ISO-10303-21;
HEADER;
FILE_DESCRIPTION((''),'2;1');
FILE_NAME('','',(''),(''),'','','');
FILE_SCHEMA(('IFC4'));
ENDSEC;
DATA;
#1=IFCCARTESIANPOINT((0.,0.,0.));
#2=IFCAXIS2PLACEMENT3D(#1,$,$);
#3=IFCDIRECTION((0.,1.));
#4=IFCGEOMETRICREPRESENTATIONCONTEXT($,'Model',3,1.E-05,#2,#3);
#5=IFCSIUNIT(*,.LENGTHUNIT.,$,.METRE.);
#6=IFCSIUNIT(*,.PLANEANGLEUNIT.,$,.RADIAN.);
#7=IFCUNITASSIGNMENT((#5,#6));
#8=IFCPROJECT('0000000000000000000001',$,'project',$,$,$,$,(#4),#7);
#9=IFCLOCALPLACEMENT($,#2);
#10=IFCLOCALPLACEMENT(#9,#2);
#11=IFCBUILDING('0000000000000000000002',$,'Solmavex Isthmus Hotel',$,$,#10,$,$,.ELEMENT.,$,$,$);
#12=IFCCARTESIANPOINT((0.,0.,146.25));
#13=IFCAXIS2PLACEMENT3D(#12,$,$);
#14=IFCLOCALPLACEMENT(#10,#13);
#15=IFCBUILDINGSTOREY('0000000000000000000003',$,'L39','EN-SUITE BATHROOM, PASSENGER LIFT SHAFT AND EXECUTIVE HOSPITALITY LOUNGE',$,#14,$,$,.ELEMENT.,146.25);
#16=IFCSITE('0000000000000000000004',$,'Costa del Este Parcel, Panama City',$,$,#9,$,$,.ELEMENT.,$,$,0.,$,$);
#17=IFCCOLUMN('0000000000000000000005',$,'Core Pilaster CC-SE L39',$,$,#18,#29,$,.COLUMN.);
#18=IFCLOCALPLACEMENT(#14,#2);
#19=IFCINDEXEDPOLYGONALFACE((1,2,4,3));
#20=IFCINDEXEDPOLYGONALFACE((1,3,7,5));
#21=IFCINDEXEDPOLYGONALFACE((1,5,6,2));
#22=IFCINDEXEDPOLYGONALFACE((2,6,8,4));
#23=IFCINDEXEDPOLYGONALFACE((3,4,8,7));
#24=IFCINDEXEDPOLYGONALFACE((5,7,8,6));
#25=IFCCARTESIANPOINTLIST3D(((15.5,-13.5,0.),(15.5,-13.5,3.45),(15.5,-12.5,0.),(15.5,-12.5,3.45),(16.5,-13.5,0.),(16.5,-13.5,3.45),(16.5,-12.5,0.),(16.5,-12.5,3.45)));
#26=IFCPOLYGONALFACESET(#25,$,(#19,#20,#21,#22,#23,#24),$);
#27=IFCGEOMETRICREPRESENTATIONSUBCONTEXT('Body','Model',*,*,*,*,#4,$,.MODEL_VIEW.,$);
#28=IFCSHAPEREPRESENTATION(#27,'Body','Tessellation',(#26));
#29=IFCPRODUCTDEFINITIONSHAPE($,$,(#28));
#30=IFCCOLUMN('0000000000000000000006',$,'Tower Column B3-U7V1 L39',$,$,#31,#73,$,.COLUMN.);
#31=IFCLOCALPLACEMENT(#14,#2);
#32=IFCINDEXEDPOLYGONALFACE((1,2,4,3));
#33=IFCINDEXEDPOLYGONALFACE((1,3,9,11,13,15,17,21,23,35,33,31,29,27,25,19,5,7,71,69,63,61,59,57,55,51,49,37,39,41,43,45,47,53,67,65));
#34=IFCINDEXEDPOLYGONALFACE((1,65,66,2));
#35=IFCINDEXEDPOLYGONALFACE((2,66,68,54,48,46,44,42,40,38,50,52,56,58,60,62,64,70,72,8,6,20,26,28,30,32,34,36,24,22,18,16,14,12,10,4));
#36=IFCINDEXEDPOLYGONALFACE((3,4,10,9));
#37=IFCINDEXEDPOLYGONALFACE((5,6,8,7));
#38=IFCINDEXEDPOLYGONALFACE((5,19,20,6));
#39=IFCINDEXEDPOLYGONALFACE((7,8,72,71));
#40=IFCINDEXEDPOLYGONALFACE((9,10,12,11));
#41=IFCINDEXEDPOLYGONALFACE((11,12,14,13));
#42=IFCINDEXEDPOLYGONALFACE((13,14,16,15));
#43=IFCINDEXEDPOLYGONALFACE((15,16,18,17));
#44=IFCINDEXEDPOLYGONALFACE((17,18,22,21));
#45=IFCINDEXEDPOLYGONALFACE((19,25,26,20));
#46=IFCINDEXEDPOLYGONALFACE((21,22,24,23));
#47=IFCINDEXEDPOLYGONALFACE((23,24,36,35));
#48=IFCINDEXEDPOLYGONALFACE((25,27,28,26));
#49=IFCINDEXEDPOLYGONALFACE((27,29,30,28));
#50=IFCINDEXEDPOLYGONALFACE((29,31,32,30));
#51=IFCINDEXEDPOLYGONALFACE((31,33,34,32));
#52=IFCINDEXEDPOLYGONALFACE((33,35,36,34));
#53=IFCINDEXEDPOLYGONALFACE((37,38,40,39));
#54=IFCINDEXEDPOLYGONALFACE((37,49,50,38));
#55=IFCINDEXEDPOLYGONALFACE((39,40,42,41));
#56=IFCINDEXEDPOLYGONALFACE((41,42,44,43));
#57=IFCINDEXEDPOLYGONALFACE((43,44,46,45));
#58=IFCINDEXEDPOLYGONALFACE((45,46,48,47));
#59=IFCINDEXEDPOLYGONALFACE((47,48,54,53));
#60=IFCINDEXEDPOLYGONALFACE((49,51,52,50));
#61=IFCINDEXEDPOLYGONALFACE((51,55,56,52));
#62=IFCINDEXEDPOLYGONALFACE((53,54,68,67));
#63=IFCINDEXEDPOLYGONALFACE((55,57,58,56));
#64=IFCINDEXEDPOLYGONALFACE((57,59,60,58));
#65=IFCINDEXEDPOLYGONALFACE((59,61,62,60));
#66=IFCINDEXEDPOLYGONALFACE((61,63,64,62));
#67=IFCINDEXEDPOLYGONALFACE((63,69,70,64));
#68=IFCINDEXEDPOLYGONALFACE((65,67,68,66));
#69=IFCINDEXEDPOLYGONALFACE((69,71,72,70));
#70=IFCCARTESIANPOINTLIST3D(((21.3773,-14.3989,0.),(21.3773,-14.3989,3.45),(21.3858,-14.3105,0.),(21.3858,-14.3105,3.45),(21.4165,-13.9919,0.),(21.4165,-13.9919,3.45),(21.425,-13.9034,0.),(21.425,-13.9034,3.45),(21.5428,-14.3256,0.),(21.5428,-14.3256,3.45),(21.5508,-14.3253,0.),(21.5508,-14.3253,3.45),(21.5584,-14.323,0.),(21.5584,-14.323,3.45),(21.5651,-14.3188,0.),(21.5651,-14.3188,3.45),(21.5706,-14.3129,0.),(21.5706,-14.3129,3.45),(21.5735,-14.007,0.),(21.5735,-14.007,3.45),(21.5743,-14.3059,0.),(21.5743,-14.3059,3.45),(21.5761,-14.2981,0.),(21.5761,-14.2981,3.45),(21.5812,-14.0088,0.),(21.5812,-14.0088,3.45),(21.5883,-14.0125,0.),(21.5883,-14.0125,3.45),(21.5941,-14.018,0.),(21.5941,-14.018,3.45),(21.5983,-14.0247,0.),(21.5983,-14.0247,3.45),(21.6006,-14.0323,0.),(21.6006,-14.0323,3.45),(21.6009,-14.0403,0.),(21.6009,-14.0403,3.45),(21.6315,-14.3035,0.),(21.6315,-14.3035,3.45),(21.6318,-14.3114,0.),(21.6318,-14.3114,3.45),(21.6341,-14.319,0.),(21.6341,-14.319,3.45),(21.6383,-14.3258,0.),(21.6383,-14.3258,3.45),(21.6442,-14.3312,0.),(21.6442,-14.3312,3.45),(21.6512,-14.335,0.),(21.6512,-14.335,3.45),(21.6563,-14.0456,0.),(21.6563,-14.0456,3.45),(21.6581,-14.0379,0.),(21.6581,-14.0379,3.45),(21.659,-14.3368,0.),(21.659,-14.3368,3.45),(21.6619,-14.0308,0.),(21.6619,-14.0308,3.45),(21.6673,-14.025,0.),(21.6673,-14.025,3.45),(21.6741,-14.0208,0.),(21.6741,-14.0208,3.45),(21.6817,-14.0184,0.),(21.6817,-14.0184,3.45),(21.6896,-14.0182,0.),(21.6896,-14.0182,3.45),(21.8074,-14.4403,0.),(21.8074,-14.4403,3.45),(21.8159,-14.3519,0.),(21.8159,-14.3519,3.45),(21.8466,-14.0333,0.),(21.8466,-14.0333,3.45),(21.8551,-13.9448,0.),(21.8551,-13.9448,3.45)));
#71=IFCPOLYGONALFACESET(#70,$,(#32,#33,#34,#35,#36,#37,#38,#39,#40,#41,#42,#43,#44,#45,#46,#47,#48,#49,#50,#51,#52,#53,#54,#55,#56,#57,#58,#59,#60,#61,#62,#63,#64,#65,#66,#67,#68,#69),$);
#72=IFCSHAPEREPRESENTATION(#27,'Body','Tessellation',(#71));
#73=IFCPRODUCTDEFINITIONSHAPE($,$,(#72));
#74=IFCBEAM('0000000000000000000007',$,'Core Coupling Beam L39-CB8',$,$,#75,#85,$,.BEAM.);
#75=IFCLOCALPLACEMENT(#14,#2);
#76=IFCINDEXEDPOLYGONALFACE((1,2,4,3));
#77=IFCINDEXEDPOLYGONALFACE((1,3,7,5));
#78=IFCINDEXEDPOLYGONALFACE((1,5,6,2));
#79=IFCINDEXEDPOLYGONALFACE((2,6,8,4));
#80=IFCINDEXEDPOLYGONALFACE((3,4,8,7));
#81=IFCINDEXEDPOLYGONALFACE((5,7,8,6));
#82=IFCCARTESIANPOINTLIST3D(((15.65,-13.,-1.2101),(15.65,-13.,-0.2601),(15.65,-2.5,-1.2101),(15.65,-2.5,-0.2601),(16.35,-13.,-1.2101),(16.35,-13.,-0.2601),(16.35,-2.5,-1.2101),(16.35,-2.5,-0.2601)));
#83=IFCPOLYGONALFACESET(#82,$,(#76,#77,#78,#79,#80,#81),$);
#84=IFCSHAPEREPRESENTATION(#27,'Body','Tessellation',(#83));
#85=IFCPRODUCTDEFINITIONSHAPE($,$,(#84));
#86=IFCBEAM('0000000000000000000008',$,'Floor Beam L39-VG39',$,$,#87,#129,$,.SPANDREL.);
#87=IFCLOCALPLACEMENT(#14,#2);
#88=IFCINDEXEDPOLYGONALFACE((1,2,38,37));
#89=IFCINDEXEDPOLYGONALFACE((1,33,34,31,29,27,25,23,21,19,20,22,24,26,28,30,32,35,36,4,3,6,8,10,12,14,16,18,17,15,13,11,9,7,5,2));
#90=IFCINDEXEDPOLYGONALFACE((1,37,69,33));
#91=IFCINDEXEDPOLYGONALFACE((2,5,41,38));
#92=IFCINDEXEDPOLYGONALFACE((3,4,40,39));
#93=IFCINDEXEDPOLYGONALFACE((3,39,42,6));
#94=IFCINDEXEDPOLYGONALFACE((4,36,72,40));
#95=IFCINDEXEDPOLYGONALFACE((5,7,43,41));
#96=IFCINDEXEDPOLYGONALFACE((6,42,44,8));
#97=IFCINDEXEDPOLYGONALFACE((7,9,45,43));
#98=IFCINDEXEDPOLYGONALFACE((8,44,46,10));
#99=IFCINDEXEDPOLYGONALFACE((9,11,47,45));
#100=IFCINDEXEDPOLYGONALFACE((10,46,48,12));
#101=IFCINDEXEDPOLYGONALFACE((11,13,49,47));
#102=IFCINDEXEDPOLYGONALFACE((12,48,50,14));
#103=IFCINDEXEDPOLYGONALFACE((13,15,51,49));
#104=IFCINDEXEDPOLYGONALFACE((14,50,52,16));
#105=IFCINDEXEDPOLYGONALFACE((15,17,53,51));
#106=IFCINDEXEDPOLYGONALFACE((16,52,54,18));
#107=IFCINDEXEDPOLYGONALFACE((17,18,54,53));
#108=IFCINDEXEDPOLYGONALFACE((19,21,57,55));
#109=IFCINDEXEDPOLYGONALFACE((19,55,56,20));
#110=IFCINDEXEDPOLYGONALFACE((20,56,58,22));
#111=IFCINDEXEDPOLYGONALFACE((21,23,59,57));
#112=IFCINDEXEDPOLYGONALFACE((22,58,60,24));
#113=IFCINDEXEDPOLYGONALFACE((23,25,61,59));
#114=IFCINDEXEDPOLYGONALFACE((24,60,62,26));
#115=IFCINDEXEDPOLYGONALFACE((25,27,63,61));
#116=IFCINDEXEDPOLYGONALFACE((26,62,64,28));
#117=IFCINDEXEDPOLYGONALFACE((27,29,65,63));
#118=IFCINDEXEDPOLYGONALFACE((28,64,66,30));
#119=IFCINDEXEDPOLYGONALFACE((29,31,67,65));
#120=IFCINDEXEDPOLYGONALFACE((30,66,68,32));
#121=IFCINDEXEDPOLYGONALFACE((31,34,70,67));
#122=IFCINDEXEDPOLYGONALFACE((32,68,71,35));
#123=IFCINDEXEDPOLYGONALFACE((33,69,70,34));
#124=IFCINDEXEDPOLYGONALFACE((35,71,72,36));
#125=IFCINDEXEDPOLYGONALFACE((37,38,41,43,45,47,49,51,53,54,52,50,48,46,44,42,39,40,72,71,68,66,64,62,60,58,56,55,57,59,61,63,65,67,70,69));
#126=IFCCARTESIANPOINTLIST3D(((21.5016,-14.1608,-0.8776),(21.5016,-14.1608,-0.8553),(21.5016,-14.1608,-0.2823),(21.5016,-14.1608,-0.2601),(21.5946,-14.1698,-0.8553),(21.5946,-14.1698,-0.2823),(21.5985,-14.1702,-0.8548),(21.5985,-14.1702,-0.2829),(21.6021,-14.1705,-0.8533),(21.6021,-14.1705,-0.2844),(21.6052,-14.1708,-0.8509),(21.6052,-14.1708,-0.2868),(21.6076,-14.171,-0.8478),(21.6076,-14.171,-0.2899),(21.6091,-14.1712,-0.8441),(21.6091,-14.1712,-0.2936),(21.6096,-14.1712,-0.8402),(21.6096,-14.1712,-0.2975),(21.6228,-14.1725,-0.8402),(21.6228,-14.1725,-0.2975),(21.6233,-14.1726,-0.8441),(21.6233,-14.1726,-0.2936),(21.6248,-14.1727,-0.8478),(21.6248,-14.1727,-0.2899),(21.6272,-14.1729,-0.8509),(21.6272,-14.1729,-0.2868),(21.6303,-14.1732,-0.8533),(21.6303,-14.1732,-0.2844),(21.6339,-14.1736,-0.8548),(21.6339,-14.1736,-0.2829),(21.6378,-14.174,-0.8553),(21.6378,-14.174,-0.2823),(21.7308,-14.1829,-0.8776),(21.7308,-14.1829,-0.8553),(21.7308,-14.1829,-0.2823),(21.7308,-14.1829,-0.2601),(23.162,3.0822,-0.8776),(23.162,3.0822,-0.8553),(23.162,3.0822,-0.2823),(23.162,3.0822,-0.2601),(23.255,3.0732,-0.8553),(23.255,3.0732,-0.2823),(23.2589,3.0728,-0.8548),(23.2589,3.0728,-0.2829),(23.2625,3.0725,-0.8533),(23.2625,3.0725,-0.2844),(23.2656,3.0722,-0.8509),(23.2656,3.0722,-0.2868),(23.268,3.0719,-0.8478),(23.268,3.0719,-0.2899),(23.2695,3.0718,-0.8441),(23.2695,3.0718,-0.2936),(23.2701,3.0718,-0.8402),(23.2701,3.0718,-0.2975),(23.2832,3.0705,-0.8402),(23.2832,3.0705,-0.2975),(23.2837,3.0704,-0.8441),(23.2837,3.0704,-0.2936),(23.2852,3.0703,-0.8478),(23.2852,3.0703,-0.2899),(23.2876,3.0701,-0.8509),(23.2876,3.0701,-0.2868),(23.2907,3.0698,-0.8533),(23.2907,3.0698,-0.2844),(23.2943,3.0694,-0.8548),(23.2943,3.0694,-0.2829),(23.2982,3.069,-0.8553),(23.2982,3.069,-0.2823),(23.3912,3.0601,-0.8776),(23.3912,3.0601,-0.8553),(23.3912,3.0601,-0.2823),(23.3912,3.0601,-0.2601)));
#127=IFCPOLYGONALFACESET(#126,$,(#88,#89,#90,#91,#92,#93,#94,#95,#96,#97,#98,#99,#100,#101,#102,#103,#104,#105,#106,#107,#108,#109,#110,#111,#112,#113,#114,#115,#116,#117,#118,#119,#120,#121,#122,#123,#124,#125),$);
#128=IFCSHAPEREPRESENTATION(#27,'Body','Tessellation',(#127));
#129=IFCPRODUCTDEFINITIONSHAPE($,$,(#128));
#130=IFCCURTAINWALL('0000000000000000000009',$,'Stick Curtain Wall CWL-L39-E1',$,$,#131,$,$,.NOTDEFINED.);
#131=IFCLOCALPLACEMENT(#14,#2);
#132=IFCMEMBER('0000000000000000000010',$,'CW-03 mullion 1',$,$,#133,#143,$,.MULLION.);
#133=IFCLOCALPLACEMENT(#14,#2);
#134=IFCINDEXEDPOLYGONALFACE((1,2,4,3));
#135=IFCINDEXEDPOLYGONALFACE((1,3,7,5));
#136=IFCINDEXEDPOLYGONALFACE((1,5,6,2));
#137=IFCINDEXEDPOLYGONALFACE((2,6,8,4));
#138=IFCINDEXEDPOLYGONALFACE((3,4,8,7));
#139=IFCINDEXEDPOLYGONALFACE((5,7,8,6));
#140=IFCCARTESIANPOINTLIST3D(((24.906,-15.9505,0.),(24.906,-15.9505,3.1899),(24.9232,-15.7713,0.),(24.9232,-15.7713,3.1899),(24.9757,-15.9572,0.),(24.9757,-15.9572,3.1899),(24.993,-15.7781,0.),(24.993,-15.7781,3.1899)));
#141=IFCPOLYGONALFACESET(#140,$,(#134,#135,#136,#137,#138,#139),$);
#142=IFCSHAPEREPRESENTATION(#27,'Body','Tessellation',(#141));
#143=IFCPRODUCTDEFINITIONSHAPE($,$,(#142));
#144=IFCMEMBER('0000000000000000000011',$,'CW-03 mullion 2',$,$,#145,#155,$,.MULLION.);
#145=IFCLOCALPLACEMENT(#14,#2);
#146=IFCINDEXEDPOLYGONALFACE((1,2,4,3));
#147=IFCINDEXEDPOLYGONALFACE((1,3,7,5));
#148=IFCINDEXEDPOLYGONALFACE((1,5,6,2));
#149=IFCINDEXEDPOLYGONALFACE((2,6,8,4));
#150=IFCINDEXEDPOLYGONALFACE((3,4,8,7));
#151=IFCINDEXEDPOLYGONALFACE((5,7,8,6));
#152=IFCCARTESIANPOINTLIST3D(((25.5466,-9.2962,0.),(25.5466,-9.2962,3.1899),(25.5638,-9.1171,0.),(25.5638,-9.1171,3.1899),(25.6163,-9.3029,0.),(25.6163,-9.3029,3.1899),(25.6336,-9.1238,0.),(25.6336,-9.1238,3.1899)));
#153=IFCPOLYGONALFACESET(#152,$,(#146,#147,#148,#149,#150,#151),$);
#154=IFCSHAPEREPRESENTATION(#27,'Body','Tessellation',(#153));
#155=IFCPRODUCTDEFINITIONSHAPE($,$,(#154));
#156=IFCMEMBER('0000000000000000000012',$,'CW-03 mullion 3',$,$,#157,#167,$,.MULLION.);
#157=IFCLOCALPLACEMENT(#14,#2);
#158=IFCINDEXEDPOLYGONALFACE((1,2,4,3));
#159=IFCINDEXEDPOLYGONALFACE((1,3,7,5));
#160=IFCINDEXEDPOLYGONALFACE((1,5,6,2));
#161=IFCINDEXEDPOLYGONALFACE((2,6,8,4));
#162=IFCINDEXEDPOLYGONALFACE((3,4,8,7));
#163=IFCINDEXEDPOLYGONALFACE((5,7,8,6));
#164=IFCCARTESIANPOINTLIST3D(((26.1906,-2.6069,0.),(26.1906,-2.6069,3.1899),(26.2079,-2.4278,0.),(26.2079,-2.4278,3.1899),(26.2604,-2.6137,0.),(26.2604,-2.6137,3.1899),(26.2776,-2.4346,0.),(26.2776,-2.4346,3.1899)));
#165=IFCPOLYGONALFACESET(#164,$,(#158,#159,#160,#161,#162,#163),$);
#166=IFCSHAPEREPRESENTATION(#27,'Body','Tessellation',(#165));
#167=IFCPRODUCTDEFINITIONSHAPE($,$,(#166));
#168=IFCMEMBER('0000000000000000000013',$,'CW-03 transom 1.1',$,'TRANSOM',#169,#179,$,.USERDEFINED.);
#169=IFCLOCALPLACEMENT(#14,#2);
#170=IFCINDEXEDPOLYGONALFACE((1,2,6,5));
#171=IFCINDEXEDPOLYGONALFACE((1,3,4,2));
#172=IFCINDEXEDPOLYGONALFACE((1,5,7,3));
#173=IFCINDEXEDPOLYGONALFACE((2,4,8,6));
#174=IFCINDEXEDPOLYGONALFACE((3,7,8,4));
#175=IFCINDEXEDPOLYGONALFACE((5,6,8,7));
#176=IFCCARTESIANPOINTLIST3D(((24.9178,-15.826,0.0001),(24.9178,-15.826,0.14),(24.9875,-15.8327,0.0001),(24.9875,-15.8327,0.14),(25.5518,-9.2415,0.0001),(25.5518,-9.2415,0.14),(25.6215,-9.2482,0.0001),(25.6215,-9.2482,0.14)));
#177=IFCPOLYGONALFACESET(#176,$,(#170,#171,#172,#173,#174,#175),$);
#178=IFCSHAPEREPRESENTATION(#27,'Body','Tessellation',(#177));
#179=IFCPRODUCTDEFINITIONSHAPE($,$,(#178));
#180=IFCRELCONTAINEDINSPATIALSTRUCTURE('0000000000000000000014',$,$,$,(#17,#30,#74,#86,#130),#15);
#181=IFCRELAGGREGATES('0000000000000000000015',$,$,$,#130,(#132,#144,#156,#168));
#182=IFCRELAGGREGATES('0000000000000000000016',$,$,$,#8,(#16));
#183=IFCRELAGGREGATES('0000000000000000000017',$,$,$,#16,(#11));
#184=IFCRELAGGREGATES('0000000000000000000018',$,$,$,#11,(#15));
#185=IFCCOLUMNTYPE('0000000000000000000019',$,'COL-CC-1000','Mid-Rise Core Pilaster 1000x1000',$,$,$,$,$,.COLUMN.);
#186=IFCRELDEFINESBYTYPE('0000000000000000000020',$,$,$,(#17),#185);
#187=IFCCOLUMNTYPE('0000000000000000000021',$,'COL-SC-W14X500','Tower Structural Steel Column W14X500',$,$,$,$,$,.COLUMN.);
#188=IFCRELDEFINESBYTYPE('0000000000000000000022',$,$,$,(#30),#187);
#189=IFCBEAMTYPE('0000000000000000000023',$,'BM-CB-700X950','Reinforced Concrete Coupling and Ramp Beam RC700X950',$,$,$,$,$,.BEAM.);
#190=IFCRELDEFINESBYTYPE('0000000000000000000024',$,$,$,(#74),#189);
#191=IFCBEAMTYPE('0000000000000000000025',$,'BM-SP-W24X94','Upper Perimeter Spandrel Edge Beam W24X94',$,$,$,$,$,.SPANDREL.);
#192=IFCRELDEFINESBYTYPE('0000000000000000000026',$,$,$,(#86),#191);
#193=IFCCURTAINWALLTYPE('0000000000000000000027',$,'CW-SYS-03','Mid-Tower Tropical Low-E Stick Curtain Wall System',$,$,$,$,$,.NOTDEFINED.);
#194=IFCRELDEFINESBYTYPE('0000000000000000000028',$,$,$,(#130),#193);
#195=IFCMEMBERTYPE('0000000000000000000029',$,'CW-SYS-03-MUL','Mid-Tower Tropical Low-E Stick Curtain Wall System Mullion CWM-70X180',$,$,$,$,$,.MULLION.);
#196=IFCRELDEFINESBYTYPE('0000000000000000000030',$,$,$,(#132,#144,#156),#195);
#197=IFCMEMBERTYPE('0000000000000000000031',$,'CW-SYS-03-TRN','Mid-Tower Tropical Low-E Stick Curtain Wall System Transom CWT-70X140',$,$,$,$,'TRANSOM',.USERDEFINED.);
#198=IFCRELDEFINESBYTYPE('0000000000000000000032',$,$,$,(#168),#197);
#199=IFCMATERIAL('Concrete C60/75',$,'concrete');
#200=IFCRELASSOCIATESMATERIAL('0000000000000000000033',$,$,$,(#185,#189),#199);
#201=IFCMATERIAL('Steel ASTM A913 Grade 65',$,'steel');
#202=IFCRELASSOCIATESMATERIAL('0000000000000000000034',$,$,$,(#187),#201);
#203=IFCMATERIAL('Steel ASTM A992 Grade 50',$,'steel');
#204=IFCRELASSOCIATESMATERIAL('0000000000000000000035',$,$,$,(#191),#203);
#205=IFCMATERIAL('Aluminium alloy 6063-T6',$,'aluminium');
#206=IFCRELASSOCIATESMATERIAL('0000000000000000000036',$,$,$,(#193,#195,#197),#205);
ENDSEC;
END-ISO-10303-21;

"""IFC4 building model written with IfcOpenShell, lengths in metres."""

from ifc_helpers import new_model, si_unit, direction, frame, origin, origin_2d, place, context, subcontext, project, spatial, rectangle, i_section, extrude, material, material_profile, profile_set, type_object, element, aggregate, save


model = new_model("IFC4")

# Units and contexts
model_context = context("Model", 3, precision=1e-05, world=origin(), true_north=direction((0.0, 1.0)))
body_context = subcontext(model_context, "Body", "Model", "MODEL_VIEW")
ifc_project = project(units=[si_unit("LENGTHUNIT", "METRE"), si_unit("PLANEANGLEUNIT", "RADIAN")], contexts=[model_context])

# Site, building, storey
site_placement = place(None, origin())
site = spatial("IfcSite", under=ifc_project, at=site_placement, Name="Costa del Este Parcel, Panama City", CompositionType="ELEMENT", RefElevation=0.0)
building_placement = place(site_placement, origin())
building = spatial("IfcBuilding", under=site, at=building_placement, Name="Solmavex Isthmus Hotel", CompositionType="ELEMENT")
storey_placement = place(building_placement, frame((0.0, 0.0, 146.25)))
storey = spatial("IfcBuildingStorey", under=building, at=storey_placement, Name="L39", Description="EN-SUITE BATHROOM, PASSENGER LIFT SHAFT AND EXECUTIVE HOSPITALITY LOUNGE", CompositionType="ELEMENT", Elevation=146.25)

# Columns
ifc_material_1 = material(Name="Concrete C60/75", Category="concrete")
ifc_material_profile_1 = material_profile(ifc_material_1, rectangle(XDim=1.0, YDim=1.0, at=origin_2d()), Name="RC1000X1000")
ifc_profile_set_1 = profile_set([ifc_material_profile_1], Name="Concrete C60/75")
column_type_1 = type_object("IfcColumnType", Name="COL-CC-1000", Description="Mid-Rise Core Pilaster 1000x1000", PredefinedType="COLUMN", material=ifc_profile_set_1)
column_1_placement = place(storey_placement, frame((16.0, -13.0, 0.0), z_axis=(0.0, 0.0, 1.0), x_axis=(1.0, 0.0, 0.0)))
element("IfcColumn", 1, at=column_1_placement, inside=storey, type_object=column_type_1, Name="Core Pilaster CC-SE L39", PredefinedType="COLUMN", context=body_context, shape_type="SweptSolid", body=[
    extrude(rectangle(XDim=1.0, YDim=1.0, at=origin_2d()), origin(), (0.0, 0.0, 1.0), 3.45),
])
ifc_material_2 = material(Name="Steel ASTM A913 Grade 65", Category="steel")
ifc_material_profile_2 = material_profile(ifc_material_2, i_section(OverallWidth=0.4321, OverallDepth=0.4978, WebThickness=0.0557, FlangeThickness=0.0889, FilletRadius=0.0305, at=origin_2d()), Name="W14X500")
ifc_profile_set_2 = profile_set([ifc_material_profile_2], Name="Steel ASTM A913 Grade 65")
column_type_2 = type_object("IfcColumnType", Name="COL-SC-W14X500", Description="Tower Structural Steel Column W14X500", PredefinedType="COLUMN", material=ifc_profile_set_2)
column_2_placement = place(storey_placement, frame((21.6162, -14.1719, 0.0), z_axis=(0.0, 0.0, 1.0), x_axis=(0.995396, -0.095846, 0.0)))
element("IfcColumn", 2, at=column_2_placement, inside=storey, type_object=column_type_2, Name="Tower Column B3-U7V1 L39", PredefinedType="COLUMN", context=body_context, shape_type="SweptSolid", body=[
    extrude(i_section(OverallWidth=0.4321, OverallDepth=0.4978, WebThickness=0.0557, FlangeThickness=0.0889, FilletRadius=0.0305, at=origin_2d()), origin(), (0.0, 0.0, 1.0), 3.45),
])

# Beams
ifc_material_profile_3 = material_profile(ifc_material_1, rectangle(XDim=0.7, YDim=0.95, at=origin_2d()), Name="RC700X950")
ifc_profile_set_3 = profile_set([ifc_material_profile_3], Name="Concrete C60/75")
beam_type_1 = type_object("IfcBeamType", Name="BM-CB-700X950", Description="Reinforced Concrete Coupling and Ramp Beam RC700X950", PredefinedType="BEAM", material=ifc_profile_set_3)
beam_1_placement = place(storey_placement, frame((16.0, -13.0, -0.7351), z_axis=(0.0, 1.0, 0.0), x_axis=(-1.0, 0.0, 0.0)))
element("IfcBeam", 3, at=beam_1_placement, inside=storey, type_object=beam_type_1, Name="Core Coupling Beam L39-CB8", PredefinedType="BEAM", context=body_context, shape_type="SweptSolid", body=[
    extrude(rectangle(XDim=0.7, YDim=0.95, at=origin_2d()), origin(), (0.0, 0.0, 1.0), 10.5),
])
ifc_material_3 = material(Name="Steel ASTM A992 Grade 50", Category="steel")
ifc_material_profile_4 = material_profile(ifc_material_3, i_section(OverallWidth=0.2302, OverallDepth=0.6174, WebThickness=0.0132, FlangeThickness=0.0222, FilletRadius=0.0151, at=origin_2d()), Name="W24X94")
ifc_profile_set_4 = profile_set([ifc_material_profile_4], Name="Steel ASTM A992 Grade 50")
beam_type_2 = type_object("IfcBeamType", Name="BM-SP-W24X94", Description="Upper Perimeter Spandrel Edge Beam W24X94", PredefinedType="SPANDREL", material=ifc_profile_set_4)
beam_2_placement = place(storey_placement, frame((21.6162, -14.1719, -0.5688), z_axis=(0.095851, 0.995396, 0.0), x_axis=(-0.995396, 0.095851, 0.0)))
element("IfcBeam", 4, at=beam_2_placement, inside=storey, type_object=beam_type_2, Name="Floor Beam L39-VG39", PredefinedType="SPANDREL", context=body_context, shape_type="SweptSolid", body=[
    extrude(i_section(OverallWidth=0.2302, OverallDepth=0.6174, WebThickness=0.0132, FlangeThickness=0.0222, FilletRadius=0.0151, at=origin_2d()), origin(), (0.0, 0.0, 1.0), 17.3228),
])

# Curtain wall, members
ifc_material_4 = material(Name="Aluminium alloy 6063-T6", Category="aluminium")
curtain_wall_type = type_object("IfcCurtainWallType", Name="CW-SYS-03", Description="Mid-Tower Tropical Low-E Stick Curtain Wall System", PredefinedType="NOTDEFINED", material=ifc_material_4)
curtain_wall_placement = place(storey_placement, origin())
curtain_wall = element("IfcCurtainWall", 5, at=curtain_wall_placement, inside=storey, type_object=curtain_wall_type, Name="Stick Curtain Wall CWL-L39-E1", PredefinedType="NOTDEFINED")
ifc_material_profile_5 = material_profile(ifc_material_4, rectangle(XDim=0.0701, YDim=0.1799, at=origin_2d()), Name="CWM-70X180")
ifc_profile_set_5 = profile_set([ifc_material_profile_5], Name="Aluminium alloy 6063-T6")
member_type_1 = type_object("IfcMemberType", Name="CW-SYS-03-MUL", Description="Mid-Tower Tropical Low-E Stick Curtain Wall System Mullion CWM-70X180", PredefinedType="MULLION", material=ifc_profile_set_5)
member_1_placement = place(storey_placement, frame((24.9495, -15.8643, 0.0), z_axis=(0.0, 0.0, 1.0), x_axis=(-0.995396, 0.095846, 0.0)))
member_1 = element("IfcMember", 6, at=member_1_placement, type_object=member_type_1, Name="CW-03 mullion 1", PredefinedType="MULLION", context=body_context, shape_type="SweptSolid", body=[
    extrude(rectangle(XDim=0.0701, YDim=0.1799, at=origin_2d()), origin(), (0.0, 0.0, 1.0), 3.1899),
])
member_2_placement = place(storey_placement, frame((25.5901, -9.21, 0.0), z_axis=(0.0, 0.0, 1.0), x_axis=(-0.995396, 0.095846, 0.0)))
member_2 = element("IfcMember", 7, at=member_2_placement, type_object=member_type_1, Name="CW-03 mullion 2", PredefinedType="MULLION", context=body_context, shape_type="SweptSolid", body=[
    extrude(rectangle(XDim=0.0701, YDim=0.1799, at=origin_2d()), origin(), (0.0, 0.0, 1.0), 3.1899),
])
member_3_placement = place(storey_placement, frame((26.2341, -2.5208, 0.0), z_axis=(0.0, 0.0, 1.0), x_axis=(-0.995396, 0.095846, 0.0)))
member_3 = element("IfcMember", 8, at=member_3_placement, type_object=member_type_1, Name="CW-03 mullion 3", PredefinedType="MULLION", context=body_context, shape_type="SweptSolid", body=[
    extrude(rectangle(XDim=0.0701, YDim=0.1799, at=origin_2d()), origin(), (0.0, 0.0, 1.0), 3.1899),
])
ifc_material_profile_6 = material_profile(ifc_material_4, rectangle(XDim=0.0701, YDim=0.1399, at=origin_2d()), Name="CWT-70X140")
ifc_profile_set_6 = profile_set([ifc_material_profile_6], Name="Aluminium alloy 6063-T6")
member_type_2 = type_object("IfcMemberType", Name="CW-SYS-03-TRN", Description="Mid-Tower Tropical Low-E Stick Curtain Wall System Transom CWT-70X140", ElementType="TRANSOM", PredefinedType="USERDEFINED", material=ifc_profile_set_6)
member_4_placement = place(storey_placement, frame((24.9526, -15.8293, 0.0701), z_axis=(0.095849, 0.995396, 0.0), x_axis=(-0.995396, 0.095849, 0.0)))
member_4 = element("IfcMember", 9, at=member_4_placement, type_object=member_type_2, Name="CW-03 transom 1.1", ObjectType="TRANSOM", PredefinedType="USERDEFINED", context=body_context, shape_type="SweptSolid", body=[
    extrude(rectangle(XDim=0.0701, YDim=0.1399, at=origin_2d()), origin(), (0.0, 0.0, 1.0), 6.615),
])
aggregate(curtain_wall, [member_1, member_2, member_3, member_4])

save(model, "model.ifc")
